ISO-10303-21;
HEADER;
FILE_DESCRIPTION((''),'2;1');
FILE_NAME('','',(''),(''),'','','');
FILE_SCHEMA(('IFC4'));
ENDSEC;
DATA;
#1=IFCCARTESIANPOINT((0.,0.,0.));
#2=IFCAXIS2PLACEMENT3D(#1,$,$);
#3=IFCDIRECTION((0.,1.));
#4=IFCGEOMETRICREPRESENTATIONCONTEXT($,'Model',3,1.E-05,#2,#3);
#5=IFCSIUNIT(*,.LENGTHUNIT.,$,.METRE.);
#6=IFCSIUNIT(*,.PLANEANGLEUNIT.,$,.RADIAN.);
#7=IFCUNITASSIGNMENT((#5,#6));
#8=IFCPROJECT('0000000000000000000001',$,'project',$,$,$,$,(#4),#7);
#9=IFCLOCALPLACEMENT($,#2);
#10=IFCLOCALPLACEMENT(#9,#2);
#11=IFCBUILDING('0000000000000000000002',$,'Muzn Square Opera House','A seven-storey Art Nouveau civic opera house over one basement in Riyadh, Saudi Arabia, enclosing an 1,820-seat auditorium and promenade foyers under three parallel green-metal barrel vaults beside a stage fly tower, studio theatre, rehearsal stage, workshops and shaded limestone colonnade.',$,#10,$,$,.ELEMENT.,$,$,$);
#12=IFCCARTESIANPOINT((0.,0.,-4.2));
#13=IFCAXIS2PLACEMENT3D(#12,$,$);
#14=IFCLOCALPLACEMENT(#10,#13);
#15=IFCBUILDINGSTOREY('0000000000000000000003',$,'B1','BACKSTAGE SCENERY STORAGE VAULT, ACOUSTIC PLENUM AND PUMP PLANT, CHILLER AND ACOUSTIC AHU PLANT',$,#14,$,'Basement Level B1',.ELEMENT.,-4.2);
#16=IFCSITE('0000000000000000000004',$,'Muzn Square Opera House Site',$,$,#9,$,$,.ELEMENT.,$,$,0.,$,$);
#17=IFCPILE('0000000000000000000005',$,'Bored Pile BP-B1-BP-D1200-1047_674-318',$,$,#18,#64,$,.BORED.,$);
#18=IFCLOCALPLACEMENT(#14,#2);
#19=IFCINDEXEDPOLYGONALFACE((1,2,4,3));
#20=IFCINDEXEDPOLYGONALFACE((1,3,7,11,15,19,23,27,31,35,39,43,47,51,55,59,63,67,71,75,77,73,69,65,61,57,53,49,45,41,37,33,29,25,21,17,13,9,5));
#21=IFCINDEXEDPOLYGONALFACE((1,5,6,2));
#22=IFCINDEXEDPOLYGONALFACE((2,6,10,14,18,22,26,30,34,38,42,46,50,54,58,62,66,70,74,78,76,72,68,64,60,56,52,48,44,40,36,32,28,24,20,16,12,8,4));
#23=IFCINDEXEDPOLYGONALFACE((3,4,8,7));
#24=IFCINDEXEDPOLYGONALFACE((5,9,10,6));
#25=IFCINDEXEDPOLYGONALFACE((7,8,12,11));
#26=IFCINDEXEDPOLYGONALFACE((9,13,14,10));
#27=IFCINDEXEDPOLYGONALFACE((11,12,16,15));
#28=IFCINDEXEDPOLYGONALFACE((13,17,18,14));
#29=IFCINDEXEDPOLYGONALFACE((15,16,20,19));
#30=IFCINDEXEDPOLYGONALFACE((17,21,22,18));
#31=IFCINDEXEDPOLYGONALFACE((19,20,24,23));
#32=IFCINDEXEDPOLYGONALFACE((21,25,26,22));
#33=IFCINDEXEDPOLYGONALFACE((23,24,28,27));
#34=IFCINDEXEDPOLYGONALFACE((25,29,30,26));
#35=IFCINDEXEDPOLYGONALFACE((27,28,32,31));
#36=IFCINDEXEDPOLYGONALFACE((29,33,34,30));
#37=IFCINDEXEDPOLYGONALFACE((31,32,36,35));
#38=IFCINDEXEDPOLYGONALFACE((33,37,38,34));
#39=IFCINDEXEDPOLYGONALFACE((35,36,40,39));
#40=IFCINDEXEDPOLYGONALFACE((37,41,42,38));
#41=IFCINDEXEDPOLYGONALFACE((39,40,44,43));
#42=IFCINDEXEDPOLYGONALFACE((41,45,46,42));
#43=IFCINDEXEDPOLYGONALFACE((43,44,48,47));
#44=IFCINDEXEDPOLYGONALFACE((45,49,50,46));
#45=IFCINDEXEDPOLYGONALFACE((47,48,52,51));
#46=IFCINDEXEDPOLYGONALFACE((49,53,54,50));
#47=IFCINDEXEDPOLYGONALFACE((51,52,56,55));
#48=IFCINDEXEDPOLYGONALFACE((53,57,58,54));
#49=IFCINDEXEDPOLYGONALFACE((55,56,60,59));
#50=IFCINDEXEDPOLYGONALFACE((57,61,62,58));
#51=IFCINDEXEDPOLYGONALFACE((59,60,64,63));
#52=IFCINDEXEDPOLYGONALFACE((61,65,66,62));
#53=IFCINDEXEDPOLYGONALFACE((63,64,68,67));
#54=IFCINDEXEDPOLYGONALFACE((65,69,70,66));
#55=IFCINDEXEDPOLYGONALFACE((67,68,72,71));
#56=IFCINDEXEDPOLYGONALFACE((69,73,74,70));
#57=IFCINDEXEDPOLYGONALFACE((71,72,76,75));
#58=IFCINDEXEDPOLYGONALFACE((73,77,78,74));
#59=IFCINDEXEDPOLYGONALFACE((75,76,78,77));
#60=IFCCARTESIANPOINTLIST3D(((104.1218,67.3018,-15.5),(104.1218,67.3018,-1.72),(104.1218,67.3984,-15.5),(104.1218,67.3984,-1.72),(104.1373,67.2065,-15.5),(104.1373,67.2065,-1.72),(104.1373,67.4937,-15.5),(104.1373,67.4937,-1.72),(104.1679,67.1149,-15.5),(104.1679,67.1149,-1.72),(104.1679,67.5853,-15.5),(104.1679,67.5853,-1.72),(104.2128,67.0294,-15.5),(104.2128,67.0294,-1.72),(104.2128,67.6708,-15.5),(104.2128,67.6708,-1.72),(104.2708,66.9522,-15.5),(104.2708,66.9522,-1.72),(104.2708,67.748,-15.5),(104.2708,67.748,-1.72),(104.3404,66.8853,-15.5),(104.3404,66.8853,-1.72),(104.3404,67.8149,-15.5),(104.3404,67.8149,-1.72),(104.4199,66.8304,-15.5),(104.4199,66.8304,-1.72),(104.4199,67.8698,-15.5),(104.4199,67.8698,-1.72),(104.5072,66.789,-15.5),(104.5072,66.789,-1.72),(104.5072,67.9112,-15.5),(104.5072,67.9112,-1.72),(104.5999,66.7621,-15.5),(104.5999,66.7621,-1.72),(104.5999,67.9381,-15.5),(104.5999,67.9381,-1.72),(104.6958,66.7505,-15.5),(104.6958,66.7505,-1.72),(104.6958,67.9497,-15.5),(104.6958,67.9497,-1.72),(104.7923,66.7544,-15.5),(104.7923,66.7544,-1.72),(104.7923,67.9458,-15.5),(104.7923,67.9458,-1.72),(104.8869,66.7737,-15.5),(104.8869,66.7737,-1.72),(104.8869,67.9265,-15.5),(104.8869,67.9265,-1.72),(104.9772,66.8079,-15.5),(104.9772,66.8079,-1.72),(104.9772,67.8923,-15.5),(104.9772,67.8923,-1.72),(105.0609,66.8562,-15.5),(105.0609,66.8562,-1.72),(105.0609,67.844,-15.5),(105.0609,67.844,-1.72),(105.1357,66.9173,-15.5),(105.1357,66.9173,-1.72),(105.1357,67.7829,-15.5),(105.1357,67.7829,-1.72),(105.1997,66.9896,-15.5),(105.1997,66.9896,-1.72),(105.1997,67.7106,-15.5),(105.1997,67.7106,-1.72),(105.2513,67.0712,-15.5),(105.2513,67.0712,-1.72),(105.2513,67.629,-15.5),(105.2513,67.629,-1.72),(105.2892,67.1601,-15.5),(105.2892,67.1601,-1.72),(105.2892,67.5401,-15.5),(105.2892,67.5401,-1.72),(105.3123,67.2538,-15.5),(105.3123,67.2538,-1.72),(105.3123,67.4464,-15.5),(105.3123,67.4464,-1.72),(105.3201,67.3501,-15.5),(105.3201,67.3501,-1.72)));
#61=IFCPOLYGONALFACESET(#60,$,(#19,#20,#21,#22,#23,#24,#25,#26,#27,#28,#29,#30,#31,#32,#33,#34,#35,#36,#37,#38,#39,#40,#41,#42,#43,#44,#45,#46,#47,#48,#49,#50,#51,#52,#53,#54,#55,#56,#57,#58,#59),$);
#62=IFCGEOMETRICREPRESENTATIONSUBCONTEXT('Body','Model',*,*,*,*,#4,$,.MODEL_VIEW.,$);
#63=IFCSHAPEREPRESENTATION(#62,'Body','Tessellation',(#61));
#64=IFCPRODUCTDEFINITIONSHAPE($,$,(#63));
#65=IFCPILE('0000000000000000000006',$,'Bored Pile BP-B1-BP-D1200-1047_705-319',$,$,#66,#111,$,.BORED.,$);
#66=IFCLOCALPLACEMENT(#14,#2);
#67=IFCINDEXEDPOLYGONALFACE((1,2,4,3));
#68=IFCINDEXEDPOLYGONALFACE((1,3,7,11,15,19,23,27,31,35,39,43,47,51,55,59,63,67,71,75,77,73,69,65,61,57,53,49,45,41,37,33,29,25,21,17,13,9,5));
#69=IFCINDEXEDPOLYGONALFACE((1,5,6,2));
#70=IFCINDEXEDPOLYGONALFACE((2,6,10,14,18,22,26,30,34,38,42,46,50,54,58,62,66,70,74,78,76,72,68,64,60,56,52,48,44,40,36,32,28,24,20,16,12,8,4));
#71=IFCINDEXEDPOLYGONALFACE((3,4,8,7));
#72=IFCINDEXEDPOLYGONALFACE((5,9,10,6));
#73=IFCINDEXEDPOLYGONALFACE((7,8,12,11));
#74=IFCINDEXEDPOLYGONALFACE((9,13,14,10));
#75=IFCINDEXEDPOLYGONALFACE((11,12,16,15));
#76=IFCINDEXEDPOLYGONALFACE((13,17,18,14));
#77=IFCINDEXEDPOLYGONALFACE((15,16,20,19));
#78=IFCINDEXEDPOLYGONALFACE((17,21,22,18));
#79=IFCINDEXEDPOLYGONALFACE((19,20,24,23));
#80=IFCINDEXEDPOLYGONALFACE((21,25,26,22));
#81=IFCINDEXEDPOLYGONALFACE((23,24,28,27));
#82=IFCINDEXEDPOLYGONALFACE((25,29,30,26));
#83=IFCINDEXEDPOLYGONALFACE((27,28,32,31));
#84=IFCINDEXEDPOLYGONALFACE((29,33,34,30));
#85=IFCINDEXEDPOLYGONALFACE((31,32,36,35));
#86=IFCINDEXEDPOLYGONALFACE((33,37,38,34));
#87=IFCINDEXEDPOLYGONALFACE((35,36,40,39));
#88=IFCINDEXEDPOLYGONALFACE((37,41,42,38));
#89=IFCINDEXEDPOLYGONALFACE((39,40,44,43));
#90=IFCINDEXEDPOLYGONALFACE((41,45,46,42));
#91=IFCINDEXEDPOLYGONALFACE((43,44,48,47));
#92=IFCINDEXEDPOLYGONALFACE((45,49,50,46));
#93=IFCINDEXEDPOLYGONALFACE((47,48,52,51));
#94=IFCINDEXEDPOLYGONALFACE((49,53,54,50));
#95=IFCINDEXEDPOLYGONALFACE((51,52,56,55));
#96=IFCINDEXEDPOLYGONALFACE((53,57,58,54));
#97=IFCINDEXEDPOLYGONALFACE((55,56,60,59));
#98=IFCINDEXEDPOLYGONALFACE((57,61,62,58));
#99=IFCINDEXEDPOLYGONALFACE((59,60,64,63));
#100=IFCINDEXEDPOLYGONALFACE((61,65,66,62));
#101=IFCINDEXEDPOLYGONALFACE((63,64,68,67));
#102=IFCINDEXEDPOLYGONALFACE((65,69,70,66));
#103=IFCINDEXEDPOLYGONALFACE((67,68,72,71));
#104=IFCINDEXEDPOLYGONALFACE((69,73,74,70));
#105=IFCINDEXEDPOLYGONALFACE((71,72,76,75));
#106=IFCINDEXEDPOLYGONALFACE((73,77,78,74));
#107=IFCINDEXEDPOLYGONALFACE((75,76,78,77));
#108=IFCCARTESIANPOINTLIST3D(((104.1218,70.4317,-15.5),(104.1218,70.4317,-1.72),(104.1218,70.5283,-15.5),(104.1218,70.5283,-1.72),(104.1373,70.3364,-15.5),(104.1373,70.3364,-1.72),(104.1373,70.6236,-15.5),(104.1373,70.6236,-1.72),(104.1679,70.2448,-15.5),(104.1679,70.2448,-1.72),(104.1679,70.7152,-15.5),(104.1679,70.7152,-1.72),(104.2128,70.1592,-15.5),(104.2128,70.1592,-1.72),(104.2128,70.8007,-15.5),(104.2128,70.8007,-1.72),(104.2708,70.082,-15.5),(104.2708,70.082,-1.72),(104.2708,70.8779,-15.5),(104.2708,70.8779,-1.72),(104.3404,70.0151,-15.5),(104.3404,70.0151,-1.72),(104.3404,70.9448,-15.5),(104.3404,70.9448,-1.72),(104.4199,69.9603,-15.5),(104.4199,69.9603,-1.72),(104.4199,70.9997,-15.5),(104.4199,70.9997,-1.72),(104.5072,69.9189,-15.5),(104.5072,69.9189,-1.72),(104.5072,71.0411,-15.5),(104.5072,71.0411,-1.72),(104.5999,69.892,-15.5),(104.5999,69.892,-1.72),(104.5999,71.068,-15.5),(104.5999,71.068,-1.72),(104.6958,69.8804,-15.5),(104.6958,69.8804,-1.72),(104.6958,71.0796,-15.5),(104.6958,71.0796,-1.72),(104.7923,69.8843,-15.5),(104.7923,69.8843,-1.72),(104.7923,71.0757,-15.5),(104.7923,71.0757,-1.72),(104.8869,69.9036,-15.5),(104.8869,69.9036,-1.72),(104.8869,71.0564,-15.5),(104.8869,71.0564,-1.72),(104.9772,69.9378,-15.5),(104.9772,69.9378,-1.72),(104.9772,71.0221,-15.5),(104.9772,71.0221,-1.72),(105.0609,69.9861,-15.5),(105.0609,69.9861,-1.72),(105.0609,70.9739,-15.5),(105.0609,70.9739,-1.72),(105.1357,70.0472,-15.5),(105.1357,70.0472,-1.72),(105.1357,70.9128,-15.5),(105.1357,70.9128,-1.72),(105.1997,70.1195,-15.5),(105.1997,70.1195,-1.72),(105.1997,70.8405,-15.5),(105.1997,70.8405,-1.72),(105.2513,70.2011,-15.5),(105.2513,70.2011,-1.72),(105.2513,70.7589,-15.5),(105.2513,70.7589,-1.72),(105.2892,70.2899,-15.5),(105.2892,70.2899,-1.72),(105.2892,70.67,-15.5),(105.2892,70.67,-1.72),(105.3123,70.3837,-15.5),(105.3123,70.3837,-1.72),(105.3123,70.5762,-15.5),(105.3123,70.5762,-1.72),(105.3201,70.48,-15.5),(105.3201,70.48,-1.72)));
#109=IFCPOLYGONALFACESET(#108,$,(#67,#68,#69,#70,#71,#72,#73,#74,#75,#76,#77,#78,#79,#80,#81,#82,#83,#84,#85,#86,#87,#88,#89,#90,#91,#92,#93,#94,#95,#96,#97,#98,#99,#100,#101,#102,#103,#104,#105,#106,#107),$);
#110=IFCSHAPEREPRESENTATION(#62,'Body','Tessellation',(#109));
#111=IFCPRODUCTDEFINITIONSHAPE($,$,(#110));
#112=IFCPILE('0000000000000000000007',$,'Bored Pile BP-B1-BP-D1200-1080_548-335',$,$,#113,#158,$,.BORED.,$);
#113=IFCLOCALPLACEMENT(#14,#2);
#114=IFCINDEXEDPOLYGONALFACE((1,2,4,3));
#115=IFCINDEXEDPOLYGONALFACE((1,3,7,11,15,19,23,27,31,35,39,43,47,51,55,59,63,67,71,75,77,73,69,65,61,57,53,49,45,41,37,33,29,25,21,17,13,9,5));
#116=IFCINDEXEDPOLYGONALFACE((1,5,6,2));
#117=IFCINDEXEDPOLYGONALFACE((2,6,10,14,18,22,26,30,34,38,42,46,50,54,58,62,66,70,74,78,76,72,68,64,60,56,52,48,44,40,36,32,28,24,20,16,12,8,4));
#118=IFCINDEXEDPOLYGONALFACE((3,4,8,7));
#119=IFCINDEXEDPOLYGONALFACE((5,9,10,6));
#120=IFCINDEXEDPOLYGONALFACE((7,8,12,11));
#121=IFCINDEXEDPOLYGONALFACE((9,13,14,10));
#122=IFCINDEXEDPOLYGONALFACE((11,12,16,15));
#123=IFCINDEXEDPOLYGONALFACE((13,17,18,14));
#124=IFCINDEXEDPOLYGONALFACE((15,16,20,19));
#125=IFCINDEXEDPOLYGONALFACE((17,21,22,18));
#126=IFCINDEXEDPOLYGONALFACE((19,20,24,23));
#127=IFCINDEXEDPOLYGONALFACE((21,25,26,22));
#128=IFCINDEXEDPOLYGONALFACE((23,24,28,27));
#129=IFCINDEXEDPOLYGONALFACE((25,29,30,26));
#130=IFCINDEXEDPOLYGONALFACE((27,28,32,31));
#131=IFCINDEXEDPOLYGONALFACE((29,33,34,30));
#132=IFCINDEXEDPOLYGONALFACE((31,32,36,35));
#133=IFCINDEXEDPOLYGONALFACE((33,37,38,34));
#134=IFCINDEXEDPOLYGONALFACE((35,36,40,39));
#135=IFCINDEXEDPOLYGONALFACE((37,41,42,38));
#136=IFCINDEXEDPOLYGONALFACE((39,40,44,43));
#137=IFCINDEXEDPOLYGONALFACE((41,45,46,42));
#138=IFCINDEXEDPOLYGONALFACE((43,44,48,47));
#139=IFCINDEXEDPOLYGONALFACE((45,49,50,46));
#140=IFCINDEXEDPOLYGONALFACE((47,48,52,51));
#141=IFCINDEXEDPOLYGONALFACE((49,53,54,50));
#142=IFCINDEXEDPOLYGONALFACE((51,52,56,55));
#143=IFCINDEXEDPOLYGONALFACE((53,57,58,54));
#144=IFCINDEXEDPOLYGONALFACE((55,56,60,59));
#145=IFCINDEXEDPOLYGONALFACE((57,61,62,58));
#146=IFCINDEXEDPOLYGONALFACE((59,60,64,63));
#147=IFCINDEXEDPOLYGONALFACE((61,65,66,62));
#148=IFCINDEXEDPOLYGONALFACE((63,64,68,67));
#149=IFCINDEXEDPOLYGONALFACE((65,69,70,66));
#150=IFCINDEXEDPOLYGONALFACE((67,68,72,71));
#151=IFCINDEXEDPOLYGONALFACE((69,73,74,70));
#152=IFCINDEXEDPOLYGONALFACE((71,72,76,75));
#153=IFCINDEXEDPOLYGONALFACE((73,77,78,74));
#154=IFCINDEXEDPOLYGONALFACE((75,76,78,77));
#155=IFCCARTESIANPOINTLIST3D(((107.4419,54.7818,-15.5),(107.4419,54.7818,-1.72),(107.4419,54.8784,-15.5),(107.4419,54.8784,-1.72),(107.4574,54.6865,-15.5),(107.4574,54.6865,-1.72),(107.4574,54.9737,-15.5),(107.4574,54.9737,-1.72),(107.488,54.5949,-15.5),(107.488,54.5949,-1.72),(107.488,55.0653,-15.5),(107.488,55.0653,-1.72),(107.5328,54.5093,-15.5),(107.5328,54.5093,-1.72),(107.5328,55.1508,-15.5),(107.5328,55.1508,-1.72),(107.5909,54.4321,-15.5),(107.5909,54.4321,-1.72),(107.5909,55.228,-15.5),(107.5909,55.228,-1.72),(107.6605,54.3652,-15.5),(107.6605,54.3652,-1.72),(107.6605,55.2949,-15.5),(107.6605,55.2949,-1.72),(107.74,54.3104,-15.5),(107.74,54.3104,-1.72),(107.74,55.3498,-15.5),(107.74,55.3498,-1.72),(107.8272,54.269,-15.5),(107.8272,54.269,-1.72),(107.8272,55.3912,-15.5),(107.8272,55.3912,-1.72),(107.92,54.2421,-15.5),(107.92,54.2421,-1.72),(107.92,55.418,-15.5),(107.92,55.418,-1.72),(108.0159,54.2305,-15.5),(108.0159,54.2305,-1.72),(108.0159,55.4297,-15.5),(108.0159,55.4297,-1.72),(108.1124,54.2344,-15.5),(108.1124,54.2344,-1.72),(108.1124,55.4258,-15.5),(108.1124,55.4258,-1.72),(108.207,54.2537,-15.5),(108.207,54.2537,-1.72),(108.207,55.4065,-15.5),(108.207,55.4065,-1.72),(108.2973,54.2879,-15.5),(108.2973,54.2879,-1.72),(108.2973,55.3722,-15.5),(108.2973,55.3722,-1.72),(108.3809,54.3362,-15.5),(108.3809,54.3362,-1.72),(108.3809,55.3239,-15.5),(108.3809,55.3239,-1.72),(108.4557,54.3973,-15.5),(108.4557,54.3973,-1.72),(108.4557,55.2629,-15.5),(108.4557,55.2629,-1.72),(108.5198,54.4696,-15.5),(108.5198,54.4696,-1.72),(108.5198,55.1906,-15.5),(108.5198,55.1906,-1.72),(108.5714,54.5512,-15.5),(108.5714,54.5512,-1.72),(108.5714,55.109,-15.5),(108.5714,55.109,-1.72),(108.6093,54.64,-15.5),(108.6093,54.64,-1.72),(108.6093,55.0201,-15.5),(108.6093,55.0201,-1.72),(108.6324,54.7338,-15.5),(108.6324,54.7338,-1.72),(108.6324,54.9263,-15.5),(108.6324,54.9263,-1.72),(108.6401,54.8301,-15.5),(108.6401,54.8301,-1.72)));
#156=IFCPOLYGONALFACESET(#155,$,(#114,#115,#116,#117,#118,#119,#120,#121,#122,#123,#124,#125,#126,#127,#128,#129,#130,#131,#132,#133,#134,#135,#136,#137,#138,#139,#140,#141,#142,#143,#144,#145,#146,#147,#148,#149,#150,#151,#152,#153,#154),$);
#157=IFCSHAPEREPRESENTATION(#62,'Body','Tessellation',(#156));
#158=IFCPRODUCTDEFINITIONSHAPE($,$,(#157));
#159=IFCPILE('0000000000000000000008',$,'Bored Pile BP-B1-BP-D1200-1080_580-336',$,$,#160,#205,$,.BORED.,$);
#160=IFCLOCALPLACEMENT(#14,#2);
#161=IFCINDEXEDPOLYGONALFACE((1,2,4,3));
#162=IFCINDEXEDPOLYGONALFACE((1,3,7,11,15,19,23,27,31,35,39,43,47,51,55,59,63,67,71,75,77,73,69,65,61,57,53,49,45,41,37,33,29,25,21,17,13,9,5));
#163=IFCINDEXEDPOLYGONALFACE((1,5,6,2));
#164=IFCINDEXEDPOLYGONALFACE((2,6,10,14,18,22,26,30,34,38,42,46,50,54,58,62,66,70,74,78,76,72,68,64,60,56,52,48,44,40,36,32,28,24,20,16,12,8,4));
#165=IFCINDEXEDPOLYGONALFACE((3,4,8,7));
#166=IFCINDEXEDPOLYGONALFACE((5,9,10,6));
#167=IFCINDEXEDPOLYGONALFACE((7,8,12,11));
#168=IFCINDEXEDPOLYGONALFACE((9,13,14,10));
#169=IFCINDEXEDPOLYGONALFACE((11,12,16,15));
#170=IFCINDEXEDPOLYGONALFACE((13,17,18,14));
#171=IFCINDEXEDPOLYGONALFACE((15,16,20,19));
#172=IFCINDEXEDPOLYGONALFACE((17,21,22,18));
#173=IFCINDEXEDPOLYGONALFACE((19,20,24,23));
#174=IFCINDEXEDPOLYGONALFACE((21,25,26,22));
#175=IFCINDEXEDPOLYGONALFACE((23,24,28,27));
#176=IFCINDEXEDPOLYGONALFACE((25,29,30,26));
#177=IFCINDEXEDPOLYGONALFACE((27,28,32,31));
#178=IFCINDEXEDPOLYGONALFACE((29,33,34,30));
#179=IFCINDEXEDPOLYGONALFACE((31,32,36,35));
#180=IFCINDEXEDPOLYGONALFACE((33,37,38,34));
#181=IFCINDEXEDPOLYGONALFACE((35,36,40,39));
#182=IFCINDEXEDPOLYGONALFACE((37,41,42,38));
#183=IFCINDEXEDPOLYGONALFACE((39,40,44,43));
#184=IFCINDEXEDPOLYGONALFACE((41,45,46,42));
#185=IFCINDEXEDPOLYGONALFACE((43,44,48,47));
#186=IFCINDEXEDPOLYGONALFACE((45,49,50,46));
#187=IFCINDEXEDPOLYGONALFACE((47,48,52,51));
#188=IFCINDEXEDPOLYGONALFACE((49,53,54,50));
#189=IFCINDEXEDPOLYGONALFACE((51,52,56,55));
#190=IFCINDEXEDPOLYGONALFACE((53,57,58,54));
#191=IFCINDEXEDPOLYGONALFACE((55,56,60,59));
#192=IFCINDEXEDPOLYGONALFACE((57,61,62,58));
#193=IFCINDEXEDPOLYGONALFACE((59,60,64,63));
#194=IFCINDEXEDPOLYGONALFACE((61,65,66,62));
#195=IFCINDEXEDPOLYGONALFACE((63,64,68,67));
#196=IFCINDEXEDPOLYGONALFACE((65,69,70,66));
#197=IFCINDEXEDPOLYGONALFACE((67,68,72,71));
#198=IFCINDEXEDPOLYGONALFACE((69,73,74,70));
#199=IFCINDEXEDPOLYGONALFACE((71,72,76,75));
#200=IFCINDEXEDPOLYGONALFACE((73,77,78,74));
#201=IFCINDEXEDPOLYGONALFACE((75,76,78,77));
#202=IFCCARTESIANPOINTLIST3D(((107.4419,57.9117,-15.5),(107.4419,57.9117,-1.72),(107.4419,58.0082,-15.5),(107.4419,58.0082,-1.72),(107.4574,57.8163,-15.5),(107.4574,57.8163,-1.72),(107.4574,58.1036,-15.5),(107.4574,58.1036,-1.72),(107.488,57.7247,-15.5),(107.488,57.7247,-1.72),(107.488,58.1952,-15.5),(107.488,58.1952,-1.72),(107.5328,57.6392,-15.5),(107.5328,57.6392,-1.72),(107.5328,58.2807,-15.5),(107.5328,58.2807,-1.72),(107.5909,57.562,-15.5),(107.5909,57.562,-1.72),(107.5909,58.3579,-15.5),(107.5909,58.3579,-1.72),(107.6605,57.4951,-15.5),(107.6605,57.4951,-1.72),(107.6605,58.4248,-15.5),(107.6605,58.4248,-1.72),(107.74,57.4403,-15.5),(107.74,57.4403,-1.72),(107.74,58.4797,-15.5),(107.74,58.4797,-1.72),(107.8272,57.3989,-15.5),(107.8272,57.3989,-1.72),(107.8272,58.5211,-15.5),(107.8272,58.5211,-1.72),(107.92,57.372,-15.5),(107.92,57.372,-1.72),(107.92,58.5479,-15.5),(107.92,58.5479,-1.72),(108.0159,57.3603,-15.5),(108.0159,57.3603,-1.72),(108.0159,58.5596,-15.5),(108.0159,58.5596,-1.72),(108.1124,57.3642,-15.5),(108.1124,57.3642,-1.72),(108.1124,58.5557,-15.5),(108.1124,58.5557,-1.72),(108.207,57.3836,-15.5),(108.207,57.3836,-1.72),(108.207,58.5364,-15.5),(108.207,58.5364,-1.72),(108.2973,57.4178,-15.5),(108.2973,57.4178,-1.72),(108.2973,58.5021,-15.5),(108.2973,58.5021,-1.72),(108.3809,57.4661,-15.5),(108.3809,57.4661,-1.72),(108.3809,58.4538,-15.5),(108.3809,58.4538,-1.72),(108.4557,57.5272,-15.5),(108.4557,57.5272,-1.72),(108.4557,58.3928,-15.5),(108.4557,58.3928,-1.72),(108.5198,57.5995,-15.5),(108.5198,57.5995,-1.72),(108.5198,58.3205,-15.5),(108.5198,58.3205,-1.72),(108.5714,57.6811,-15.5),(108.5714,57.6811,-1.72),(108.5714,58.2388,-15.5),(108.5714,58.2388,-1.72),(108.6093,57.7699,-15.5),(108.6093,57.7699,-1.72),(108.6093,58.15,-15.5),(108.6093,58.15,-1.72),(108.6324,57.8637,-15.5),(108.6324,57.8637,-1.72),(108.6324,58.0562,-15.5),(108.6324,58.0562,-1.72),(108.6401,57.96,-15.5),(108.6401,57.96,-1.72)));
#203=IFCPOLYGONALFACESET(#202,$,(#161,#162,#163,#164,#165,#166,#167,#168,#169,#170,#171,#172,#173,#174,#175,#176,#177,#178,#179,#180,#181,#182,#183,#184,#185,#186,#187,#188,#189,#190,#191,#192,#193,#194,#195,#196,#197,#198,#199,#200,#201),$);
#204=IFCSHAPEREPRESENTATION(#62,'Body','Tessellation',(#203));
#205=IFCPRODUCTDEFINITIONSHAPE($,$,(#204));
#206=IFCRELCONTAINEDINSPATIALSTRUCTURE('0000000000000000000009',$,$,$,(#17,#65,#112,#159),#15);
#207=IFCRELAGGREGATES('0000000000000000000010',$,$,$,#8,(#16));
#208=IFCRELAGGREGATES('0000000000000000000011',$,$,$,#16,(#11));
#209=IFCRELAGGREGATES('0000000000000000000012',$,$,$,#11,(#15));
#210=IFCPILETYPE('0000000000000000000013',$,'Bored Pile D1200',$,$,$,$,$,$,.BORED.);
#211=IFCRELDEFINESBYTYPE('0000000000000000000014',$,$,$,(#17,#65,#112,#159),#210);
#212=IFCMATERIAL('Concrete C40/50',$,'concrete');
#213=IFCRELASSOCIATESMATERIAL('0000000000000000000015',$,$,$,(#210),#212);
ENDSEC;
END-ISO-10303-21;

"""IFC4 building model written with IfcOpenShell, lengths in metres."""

from ifc_helpers import new_model, si_unit, direction, frame, origin, origin_2d, place, context, subcontext, project, spatial, circle, extrude, material, material_profile, profile_set, type_object, element, save


model = new_model("IFC4")

# Units and contexts
model_context = context("Model", 3, precision=1e-05, world=origin(), true_north=direction((0.0, 1.0)))
body_context = subcontext(model_context, "Body", "Model", "MODEL_VIEW")
ifc_project = project(units=[si_unit("LENGTHUNIT", "METRE"), si_unit("PLANEANGLEUNIT", "RADIAN")], contexts=[model_context])

# Site, building, storey
site_placement = place(None, origin())
site = spatial("IfcSite", under=ifc_project, at=site_placement, Name="Muzn Square Opera House Site", CompositionType="ELEMENT", RefElevation=0.0)
building_placement = place(site_placement, origin())
building = spatial("IfcBuilding", under=site, at=building_placement, Name="Muzn Square Opera House", Description="A seven-storey Art Nouveau civic opera house over one basement in Riyadh, Saudi Arabia, enclosing an 1,820-seat auditorium and promenade foyers under three parallel green-metal barrel vaults beside a stage fly tower, studio theatre, rehearsal stage, workshops and shaded limestone colonnade.", CompositionType="ELEMENT")
storey_placement = place(building_placement, frame((0.0, 0.0, -4.2)))
storey = spatial("IfcBuildingStorey", under=building, at=storey_placement, Name="B1", Description="BACKSTAGE SCENERY STORAGE VAULT, ACOUSTIC PLENUM AND PUMP PLANT, CHILLER AND ACOUSTIC AHU PLANT", LongName="Basement Level B1", CompositionType="ELEMENT", Elevation=-4.2)

# Piles
ifc_material_1 = material(Name="Concrete C40/50", Category="concrete")
ifc_material_profile_1 = material_profile(ifc_material_1, circle(Radius=0.6001, at=origin_2d()), Name="BORED PILE D1200", Category="concrete")
ifc_profile_set_1 = profile_set([ifc_material_profile_1], Name="Concrete C40/50")
pile_type = type_object("IfcPileType", Name="Bored Pile D1200", PredefinedType="BORED", material=ifc_profile_set_1)
for number, where, z_axis, x_axis, name in (
    (1, (104.72, 67.3501, -1.72), (0.0, 0.0, -1.0), (1.0, 0.0, 0.0), "Bored Pile BP-B1-BP-D1200-1047_674-318"),
    (2, (104.72, 70.48, -1.72), (0.0, 0.0, -1.0), (1.0, 0.0, 0.0), "Bored Pile BP-B1-BP-D1200-1047_705-319"),
    (3, (108.04, 54.8301, -1.72), (0.0, 0.0, -1.0), (1.0, 0.0, 0.0), "Bored Pile BP-B1-BP-D1200-1080_548-335"),
    (4, (108.04, 57.96, -1.72), (0.0, 0.0, -1.0), (1.0, 0.0, 0.0), "Bored Pile BP-B1-BP-D1200-1080_580-336"),
):
    element("IfcPile", number, at=place(storey_placement, frame(where, z_axis=z_axis, x_axis=x_axis)), inside=storey, type_object=pile_type, Name=name, PredefinedType="BORED", context=body_context, shape_type="SweptSolid", body=[
        extrude(circle(Radius=0.6001, at=origin_2d()), origin(), (0.0, 0.0, 1.0), 13.78),
    ])

save(model, "model.ifc")
